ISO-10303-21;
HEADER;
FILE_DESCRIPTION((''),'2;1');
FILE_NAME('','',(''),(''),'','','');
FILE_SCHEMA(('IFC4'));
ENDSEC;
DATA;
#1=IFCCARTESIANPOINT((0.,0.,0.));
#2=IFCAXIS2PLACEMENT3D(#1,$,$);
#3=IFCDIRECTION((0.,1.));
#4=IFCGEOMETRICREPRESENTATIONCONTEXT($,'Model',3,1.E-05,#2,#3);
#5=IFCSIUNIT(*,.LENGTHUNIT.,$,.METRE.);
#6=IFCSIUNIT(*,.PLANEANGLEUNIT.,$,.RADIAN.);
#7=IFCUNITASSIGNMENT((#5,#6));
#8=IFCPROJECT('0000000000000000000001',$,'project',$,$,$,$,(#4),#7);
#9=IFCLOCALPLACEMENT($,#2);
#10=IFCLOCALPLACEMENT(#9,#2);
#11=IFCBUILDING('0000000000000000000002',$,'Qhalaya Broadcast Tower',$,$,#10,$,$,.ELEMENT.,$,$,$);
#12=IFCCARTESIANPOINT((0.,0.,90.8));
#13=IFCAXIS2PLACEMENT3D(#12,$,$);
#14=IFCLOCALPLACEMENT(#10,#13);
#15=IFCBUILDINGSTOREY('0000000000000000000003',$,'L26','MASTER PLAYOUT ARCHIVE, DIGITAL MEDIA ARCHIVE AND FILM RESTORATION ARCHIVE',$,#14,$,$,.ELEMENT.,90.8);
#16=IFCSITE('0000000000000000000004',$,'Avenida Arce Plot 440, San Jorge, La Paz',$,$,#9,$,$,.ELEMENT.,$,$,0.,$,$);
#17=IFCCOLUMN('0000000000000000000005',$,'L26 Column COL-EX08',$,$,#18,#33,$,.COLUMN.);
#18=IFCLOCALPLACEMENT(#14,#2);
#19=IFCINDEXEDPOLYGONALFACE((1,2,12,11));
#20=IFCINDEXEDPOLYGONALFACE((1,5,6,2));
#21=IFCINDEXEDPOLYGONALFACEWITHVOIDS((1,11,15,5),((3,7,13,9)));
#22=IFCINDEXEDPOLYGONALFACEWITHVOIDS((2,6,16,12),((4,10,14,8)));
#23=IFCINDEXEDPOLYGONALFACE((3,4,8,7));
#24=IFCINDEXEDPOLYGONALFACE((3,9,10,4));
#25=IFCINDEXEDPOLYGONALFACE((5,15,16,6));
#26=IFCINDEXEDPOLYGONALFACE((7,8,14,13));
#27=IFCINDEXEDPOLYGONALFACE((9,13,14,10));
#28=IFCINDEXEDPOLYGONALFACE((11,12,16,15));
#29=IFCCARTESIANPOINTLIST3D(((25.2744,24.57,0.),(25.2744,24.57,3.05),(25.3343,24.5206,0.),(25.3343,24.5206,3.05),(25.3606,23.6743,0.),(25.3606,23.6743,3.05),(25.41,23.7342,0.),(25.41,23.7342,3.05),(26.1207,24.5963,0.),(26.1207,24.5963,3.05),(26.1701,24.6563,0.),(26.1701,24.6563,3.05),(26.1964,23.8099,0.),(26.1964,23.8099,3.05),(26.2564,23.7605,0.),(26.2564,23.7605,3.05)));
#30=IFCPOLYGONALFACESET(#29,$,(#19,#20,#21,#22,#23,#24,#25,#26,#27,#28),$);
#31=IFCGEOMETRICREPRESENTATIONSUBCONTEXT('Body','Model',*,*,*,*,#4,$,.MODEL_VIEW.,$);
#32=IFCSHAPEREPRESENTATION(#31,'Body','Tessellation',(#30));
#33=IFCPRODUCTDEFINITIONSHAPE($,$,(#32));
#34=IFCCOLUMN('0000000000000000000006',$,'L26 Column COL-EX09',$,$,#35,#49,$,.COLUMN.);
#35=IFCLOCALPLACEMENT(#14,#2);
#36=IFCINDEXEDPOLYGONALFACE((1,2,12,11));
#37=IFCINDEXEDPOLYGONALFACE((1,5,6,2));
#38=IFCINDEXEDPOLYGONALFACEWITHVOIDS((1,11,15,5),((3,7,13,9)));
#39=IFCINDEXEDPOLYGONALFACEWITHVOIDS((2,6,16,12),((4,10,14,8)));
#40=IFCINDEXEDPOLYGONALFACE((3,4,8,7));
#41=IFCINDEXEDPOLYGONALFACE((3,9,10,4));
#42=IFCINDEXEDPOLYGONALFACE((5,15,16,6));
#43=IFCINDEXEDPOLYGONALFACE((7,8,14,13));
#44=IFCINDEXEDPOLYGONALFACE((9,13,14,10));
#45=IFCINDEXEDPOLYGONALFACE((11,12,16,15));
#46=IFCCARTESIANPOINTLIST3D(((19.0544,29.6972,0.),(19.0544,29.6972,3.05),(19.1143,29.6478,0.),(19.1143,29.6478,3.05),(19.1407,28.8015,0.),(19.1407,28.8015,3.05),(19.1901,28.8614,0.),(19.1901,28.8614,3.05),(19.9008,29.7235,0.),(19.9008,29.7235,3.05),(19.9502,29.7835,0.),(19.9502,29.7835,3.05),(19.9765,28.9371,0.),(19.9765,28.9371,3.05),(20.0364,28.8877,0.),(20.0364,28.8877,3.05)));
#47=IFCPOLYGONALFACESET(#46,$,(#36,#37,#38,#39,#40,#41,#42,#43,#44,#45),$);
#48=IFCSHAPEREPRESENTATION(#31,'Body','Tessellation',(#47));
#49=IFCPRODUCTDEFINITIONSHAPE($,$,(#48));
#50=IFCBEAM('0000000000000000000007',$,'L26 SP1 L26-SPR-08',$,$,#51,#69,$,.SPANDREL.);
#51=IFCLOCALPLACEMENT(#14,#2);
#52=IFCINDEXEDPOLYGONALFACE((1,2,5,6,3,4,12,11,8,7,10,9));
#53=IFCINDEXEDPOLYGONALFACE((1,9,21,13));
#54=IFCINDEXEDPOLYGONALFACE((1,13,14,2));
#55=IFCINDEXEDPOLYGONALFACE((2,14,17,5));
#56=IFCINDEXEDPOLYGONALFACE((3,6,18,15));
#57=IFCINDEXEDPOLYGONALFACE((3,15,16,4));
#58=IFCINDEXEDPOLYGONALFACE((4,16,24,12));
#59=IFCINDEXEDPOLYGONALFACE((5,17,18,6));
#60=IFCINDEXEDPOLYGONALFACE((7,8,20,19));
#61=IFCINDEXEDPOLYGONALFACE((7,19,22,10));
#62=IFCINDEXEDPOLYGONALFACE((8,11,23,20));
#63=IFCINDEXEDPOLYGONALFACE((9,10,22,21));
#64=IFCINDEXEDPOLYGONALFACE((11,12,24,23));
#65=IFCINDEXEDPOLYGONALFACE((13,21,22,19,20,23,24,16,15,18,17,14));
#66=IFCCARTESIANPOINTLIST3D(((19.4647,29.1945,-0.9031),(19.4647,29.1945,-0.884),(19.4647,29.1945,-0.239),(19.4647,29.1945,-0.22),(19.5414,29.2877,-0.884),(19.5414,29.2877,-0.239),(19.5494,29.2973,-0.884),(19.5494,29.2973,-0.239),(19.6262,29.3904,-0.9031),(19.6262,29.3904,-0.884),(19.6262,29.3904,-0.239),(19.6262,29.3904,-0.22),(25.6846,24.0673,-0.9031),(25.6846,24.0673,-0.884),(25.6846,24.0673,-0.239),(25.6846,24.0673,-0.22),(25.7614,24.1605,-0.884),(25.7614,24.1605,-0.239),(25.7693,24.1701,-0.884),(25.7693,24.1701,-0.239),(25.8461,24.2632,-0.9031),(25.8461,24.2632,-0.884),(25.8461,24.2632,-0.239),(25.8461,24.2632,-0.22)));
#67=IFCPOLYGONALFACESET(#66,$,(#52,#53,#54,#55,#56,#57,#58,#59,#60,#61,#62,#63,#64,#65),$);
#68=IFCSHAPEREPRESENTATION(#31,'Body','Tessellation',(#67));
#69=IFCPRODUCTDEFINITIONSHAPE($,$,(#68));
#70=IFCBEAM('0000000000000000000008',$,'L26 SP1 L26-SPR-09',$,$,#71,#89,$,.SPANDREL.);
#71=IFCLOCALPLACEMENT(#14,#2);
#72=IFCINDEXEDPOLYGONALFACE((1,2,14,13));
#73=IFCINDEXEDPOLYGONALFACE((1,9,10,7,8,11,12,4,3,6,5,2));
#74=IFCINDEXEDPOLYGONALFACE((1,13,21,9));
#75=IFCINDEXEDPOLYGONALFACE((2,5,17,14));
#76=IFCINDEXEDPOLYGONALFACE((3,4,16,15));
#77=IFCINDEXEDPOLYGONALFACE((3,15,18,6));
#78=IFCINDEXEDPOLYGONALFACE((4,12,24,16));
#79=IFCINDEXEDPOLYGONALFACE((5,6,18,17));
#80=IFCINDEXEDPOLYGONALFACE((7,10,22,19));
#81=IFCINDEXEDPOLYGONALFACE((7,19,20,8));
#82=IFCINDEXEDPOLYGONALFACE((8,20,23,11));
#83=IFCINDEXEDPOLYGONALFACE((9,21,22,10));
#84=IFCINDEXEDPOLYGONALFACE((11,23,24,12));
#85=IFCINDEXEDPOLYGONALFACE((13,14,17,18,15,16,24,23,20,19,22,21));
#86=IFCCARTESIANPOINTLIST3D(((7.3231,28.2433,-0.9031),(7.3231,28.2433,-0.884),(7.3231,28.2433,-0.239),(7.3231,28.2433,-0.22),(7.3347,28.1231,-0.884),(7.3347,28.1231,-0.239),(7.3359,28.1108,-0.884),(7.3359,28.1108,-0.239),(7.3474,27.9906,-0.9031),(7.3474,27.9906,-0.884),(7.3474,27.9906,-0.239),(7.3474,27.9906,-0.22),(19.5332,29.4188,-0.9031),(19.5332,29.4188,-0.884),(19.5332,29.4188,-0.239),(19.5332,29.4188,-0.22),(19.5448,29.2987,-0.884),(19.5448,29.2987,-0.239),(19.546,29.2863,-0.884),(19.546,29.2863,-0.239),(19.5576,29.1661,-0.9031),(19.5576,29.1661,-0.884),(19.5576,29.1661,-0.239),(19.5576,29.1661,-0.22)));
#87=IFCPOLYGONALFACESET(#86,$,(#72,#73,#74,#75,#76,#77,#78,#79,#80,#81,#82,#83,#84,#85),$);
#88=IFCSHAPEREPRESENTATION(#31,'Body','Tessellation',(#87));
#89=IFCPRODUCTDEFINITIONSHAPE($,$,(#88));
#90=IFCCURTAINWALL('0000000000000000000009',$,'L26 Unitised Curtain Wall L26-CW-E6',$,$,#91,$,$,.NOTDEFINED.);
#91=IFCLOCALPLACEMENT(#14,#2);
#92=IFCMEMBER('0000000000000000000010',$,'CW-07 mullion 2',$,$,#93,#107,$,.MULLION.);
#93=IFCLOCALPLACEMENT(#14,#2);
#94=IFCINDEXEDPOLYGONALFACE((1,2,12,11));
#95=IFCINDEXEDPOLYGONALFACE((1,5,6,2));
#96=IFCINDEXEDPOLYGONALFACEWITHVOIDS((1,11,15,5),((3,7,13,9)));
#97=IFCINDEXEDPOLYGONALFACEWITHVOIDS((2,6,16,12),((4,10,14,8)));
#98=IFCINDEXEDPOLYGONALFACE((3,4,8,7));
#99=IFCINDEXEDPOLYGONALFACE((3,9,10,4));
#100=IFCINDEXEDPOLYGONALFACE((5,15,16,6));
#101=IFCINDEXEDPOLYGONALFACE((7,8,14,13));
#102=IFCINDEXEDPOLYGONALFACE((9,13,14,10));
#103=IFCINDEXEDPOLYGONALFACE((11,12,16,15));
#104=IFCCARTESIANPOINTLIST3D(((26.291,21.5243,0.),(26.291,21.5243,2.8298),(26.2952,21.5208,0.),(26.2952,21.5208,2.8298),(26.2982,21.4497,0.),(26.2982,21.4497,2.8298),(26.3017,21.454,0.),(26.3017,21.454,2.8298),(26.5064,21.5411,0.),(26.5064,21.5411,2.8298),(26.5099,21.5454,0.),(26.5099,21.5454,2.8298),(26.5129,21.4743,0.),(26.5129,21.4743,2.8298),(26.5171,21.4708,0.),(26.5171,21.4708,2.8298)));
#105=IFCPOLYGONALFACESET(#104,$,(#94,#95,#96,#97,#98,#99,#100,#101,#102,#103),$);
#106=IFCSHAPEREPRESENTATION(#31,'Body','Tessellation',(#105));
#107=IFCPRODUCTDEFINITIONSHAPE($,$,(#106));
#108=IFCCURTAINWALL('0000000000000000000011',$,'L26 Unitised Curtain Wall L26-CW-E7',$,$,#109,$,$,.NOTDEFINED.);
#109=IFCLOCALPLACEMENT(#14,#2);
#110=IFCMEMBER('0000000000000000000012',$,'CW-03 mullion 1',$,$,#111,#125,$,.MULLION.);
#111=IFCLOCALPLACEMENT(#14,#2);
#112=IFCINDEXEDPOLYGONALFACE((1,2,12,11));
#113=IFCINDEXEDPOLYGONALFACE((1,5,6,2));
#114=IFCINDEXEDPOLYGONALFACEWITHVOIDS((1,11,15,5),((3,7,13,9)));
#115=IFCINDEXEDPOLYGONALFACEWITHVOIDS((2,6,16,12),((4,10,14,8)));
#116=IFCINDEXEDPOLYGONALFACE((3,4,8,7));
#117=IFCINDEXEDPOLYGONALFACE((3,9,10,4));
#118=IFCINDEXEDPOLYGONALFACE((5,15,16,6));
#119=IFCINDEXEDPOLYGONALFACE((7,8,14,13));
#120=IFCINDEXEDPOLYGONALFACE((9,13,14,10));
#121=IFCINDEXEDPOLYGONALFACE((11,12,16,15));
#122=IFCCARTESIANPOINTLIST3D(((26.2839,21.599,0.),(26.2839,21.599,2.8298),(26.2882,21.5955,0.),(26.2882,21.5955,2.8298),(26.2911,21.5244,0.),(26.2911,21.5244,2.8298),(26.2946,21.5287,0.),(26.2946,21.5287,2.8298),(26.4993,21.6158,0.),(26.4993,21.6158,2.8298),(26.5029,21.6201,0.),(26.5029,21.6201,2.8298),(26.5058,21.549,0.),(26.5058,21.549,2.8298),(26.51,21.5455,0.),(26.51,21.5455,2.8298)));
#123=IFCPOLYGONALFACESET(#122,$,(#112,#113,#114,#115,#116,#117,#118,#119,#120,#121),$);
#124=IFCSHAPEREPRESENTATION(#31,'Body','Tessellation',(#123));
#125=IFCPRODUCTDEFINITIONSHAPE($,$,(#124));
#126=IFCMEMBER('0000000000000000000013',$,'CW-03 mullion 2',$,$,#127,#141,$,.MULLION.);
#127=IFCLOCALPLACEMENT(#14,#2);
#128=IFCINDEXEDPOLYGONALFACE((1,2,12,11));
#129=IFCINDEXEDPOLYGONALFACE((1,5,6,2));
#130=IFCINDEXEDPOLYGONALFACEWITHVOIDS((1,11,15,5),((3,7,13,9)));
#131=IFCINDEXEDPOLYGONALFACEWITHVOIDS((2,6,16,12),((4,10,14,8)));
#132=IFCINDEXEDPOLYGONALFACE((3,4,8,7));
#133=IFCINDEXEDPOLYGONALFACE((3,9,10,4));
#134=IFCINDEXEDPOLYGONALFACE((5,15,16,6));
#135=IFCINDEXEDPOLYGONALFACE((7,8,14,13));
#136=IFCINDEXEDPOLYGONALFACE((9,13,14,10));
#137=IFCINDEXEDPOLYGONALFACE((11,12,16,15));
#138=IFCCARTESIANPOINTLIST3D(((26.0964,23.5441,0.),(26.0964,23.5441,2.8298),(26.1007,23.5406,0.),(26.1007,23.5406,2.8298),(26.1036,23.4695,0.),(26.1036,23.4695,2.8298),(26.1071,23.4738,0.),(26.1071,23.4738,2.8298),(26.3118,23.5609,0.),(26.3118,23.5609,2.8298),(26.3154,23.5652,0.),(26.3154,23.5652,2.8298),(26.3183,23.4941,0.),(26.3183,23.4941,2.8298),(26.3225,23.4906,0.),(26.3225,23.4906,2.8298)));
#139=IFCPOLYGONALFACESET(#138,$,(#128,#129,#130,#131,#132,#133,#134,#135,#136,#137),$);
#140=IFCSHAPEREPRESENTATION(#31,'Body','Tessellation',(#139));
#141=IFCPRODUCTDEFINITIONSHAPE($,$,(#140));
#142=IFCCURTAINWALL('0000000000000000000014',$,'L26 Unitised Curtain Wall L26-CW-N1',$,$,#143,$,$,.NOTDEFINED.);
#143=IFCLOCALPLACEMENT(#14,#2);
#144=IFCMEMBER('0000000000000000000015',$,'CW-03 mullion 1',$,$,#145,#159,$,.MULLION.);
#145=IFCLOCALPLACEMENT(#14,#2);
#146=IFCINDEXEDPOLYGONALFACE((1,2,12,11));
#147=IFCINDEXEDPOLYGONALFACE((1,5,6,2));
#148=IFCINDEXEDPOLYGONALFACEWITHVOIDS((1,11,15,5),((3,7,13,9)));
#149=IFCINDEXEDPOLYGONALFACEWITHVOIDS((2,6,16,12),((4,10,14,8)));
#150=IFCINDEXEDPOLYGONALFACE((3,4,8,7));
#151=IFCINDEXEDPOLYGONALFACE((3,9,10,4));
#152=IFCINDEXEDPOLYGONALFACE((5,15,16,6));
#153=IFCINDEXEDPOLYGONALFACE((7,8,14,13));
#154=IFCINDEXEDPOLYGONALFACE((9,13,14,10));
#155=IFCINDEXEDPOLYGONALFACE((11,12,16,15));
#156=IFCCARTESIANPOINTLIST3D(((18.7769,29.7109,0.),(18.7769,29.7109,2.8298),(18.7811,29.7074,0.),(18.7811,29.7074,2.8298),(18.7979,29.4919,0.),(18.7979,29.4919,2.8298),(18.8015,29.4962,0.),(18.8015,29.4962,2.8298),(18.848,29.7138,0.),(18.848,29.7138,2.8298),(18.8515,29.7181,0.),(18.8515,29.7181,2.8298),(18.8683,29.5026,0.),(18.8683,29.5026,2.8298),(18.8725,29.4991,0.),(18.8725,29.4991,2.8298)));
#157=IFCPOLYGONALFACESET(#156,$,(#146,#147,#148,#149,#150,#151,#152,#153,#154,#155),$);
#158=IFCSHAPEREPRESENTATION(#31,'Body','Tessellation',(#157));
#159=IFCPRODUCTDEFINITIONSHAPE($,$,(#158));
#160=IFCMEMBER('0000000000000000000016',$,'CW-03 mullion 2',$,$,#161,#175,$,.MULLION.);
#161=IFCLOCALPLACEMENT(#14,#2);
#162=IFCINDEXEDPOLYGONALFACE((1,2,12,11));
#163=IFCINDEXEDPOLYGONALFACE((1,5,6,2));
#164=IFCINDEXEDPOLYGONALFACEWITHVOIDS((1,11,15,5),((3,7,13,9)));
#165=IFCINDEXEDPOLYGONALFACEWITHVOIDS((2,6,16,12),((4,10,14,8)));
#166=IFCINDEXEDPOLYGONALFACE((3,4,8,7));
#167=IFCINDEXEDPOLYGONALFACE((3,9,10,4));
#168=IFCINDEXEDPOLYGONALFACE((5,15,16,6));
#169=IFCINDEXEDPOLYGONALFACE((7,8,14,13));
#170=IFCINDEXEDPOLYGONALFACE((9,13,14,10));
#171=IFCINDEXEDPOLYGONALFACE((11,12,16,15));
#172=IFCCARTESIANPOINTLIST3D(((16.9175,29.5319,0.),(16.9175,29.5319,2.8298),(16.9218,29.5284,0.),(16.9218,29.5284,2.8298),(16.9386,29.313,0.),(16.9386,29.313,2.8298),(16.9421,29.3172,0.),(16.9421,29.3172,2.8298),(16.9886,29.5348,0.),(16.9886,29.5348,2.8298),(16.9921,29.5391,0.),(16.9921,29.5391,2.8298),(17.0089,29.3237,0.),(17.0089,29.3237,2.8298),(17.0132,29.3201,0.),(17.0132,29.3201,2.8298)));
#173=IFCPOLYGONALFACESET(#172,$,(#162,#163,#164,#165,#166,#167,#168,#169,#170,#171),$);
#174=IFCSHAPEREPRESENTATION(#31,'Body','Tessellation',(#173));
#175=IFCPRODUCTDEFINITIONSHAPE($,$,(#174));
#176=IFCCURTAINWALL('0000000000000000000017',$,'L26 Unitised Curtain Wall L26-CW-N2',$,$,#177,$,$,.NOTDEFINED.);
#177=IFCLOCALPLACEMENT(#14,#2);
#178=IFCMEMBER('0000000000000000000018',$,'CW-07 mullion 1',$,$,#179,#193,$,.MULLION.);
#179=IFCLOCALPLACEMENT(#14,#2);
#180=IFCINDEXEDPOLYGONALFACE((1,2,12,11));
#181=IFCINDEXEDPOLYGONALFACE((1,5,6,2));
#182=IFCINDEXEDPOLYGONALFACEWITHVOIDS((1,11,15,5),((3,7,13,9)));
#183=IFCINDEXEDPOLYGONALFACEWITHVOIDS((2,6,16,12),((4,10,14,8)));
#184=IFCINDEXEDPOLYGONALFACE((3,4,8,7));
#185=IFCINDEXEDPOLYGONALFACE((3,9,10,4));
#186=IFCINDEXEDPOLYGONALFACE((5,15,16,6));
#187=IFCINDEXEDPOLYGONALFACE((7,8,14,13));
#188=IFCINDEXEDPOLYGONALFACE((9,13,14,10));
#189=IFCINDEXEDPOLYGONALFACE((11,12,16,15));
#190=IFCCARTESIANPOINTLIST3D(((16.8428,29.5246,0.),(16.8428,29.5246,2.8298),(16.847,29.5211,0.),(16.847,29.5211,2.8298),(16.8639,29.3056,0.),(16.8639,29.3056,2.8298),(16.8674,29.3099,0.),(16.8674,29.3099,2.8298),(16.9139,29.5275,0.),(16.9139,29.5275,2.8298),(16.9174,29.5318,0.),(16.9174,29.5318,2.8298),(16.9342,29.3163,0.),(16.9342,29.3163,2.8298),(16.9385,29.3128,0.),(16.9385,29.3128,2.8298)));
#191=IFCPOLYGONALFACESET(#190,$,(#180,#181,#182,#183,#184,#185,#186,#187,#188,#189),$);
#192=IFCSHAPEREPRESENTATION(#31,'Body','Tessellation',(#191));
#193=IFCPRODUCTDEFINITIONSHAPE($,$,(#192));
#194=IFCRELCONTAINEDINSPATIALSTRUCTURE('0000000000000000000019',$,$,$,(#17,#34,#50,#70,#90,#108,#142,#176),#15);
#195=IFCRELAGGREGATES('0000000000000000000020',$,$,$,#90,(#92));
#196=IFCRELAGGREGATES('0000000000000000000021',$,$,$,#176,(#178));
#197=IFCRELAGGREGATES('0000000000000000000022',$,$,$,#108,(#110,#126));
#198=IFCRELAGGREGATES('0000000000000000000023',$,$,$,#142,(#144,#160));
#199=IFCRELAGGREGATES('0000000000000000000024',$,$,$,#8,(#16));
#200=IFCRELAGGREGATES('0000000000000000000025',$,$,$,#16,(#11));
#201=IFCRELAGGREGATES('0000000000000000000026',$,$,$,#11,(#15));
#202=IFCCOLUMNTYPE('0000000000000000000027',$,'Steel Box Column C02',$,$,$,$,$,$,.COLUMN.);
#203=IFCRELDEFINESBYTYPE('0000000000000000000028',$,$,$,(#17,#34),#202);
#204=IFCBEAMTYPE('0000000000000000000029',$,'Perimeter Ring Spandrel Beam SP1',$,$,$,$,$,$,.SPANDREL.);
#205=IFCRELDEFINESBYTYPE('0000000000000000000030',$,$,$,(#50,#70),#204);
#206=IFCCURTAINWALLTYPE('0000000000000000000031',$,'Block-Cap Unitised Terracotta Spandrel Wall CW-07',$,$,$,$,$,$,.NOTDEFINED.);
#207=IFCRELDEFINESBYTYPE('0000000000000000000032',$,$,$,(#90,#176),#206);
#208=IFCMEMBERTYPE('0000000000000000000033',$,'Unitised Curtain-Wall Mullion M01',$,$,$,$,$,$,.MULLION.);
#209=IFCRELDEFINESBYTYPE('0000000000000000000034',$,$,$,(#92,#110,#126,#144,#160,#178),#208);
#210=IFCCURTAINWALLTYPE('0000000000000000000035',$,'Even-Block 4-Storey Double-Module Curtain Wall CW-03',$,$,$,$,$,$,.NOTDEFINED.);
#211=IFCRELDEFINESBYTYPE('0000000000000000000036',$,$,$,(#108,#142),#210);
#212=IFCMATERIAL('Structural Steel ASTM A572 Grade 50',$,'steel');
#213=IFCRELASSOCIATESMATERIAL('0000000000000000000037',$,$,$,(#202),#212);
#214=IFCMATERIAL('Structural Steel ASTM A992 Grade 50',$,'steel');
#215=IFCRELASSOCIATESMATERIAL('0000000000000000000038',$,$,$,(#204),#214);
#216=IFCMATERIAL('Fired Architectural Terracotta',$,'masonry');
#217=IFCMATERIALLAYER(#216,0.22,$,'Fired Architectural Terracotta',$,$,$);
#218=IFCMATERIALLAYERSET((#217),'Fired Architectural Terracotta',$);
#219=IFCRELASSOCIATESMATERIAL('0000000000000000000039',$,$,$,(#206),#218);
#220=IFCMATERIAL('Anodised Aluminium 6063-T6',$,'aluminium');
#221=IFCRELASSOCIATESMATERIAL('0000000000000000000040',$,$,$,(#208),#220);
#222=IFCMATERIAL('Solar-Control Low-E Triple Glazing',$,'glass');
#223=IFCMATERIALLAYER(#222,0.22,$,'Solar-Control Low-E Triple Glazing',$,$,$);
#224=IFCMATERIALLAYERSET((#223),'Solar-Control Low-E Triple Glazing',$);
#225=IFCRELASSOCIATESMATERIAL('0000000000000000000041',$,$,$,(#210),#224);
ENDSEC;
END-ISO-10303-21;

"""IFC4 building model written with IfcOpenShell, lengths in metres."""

from ifc_helpers import new_model, si_unit, direction, frame, origin, origin_2d, place, context, subcontext, project, spatial, hollow_rectangle, i_section, extrude, material, layer, layer_set, material_profile, profile_set, type_object, element, aggregate, save


model = new_model("IFC4")

# Units and contexts
model_context = context("Model", 3, precision=1e-05, world=origin(), true_north=direction((0.0, 1.0)))
body_context = subcontext(model_context, "Body", "Model", "MODEL_VIEW")
ifc_project = project(units=[si_unit("LENGTHUNIT", "METRE"), si_unit("PLANEANGLEUNIT", "RADIAN")], contexts=[model_context])

# Site, building, storey
site_placement = place(None, origin())
site = spatial("IfcSite", under=ifc_project, at=site_placement, Name="Avenida Arce Plot 440, San Jorge, La Paz", CompositionType="ELEMENT", RefElevation=0.0)
building_placement = place(site_placement, origin())
building = spatial("IfcBuilding", under=site, at=building_placement, Name="Qhalaya Broadcast Tower", CompositionType="ELEMENT")
storey_placement = place(building_placement, frame((0.0, 0.0, 90.8)))
storey = spatial("IfcBuildingStorey", under=building, at=storey_placement, Name="L26", Description="MASTER PLAYOUT ARCHIVE, DIGITAL MEDIA ARCHIVE AND FILM RESTORATION ARCHIVE", CompositionType="ELEMENT", Elevation=90.8)

# Columns
ifc_material_1 = material(Name="Structural Steel ASTM A572 Grade 50", Category="steel")
ifc_material_profile_1 = material_profile(ifc_material_1, hollow_rectangle(XDim=0.8999, YDim=0.8999, WallThickness=0.0549, at=origin_2d()), Name="BOX 900x900x55")
ifc_profile_set_1 = profile_set([ifc_material_profile_1], Name="Structural Steel ASTM A572 Grade 50")
column_type = type_object("IfcColumnType", Name="Steel Box Column C02", PredefinedType="COLUMN", material=ifc_profile_set_1)
for number, where, z_axis, x_axis, name in (
    (1, (25.7654, 24.1653, 0.0), (0.0, 0.0, 1.0), (-0.095846, 0.995396, 0.0), "L26 Column COL-EX08"),
    (2, (19.5454, 29.2925, 0.0), (0.0, 0.0, 1.0), (0.995396, 0.095846, 0.0), "L26 Column COL-EX09"),
):
    element("IfcColumn", number, at=place(storey_placement, frame(where, z_axis=z_axis, x_axis=x_axis)), inside=storey, type_object=column_type, Name=name, PredefinedType="COLUMN", context=body_context, shape_type="SweptSolid", body=[
        extrude(hollow_rectangle(XDim=0.8999, YDim=0.8999, WallThickness=0.0549, at=origin_2d()), origin(), (0.0, 0.0, 1.0), 3.05),
    ])

# Beams
ifc_material_2 = material(Name="Structural Steel ASTM A992 Grade 50", Category="steel")
ifc_material_profile_2 = material_profile(ifc_material_2, i_section(OverallWidth=0.2539, OverallDepth=0.6831, WebThickness=0.0125, FlangeThickness=0.019, at=origin_2d()), Name="W27X94")
ifc_profile_set_2 = profile_set([ifc_material_profile_2], Name="Structural Steel ASTM A992 Grade 50")
beam_type = type_object("IfcBeamType", Name="Perimeter Ring Spandrel Beam SP1", PredefinedType="SPANDREL", material=ifc_profile_set_2)
beam_1_placement = place(storey_placement, frame((25.7654, 24.1653, -0.5615), z_axis=(-0.771634, 0.636067, 0.0), x_axis=(-0.636067, -0.771634, 0.0)))
element("IfcBeam", 3, at=beam_1_placement, inside=storey, type_object=beam_type, Name="L26 SP1 L26-SPR-08", PredefinedType="SPANDREL", context=body_context, shape_type="SweptSolid", body=[
    extrude(i_section(OverallWidth=0.2539, OverallDepth=0.6831, WebThickness=0.0125, FlangeThickness=0.019, at=origin_2d()), origin(), (0.0, 0.0, 1.0), 8.0608),
])
beam_2_placement = place(storey_placement, frame((19.5454, 29.2925, -0.5615), z_axis=(-0.995398, -0.095832, 0.0), x_axis=(0.095832, -0.995398, 0.0)))
element("IfcBeam", 4, at=beam_2_placement, inside=storey, type_object=beam_type, Name="L26 SP1 L26-SPR-09", PredefinedType="SPANDREL", context=body_context, shape_type="SweptSolid", body=[
    extrude(i_section(OverallWidth=0.2539, OverallDepth=0.6831, WebThickness=0.0125, FlangeThickness=0.019, at=origin_2d()), origin(), (0.0, 0.0, 1.0), 12.2666),
])

# Curtain wall, member
ifc_material_3 = material(Name="Fired Architectural Terracotta", Category="masonry")
ifc_layer_1 = layer(ifc_material_3, 0.22, Name="Fired Architectural Terracotta")
ifc_layer_set_1 = layer_set([ifc_layer_1], Name="Fired Architectural Terracotta")
curtain_wall_type_1 = type_object("IfcCurtainWallType", Name="Block-Cap Unitised Terracotta Spandrel Wall CW-07", PredefinedType="NOTDEFINED", material=ifc_layer_set_1)
curtain_wall_1_placement = place(storey_placement, origin())
curtain_wall_1 = element("IfcCurtainWall", 5, at=curtain_wall_1_placement, inside=storey, type_object=curtain_wall_type_1, Name="L26 Unitised Curtain Wall L26-CW-E6", PredefinedType="NOTDEFINED")
ifc_material_4 = material(Name="Anodised Aluminium 6063-T6", Category="aluminium")
ifc_material_profile_3 = material_profile(ifc_material_4, hollow_rectangle(XDim=0.075, YDim=0.22, WallThickness=0.0039, at=origin_2d()), Name="ALU-MUL 75x220x4")
ifc_profile_set_3 = profile_set([ifc_material_profile_3], Name="Anodised Aluminium 6063-T6")
member_type_1 = type_object("IfcMemberType", Name="Unitised Curtain-Wall Mullion M01", PredefinedType="MULLION", material=ifc_profile_set_3)
member_1_placement = place(storey_placement, frame((26.4041, 21.4976, 0.0), z_axis=(0.0, 0.0, 1.0), x_axis=(-0.095842, 0.995397, 0.0)))
member_1 = element("IfcMember", 6, at=member_1_placement, type_object=member_type_1, Name="CW-07 mullion 2", PredefinedType="MULLION", context=body_context, shape_type="SweptSolid", body=[
    extrude(hollow_rectangle(XDim=0.075, YDim=0.22, WallThickness=0.0039, at=origin_2d()), origin(), (0.0, 0.0, 1.0), 2.8298),
])

# Curtain walls, members
ifc_material_5 = material(Name="Solar-Control Low-E Triple Glazing", Category="glass")
ifc_layer_2 = layer(ifc_material_5, 0.22, Name="Solar-Control Low-E Triple Glazing")
ifc_layer_set_2 = layer_set([ifc_layer_2], Name="Solar-Control Low-E Triple Glazing")
curtain_wall_type_2 = type_object("IfcCurtainWallType", Name="Even-Block 4-Storey Double-Module Curtain Wall CW-03", PredefinedType="NOTDEFINED", material=ifc_layer_set_2)
curtain_wall_2_placement = place(storey_placement, origin())
curtain_wall_2 = element("IfcCurtainWall", 7, at=curtain_wall_2_placement, inside=storey, type_object=curtain_wall_type_2, Name="L26 Unitised Curtain Wall L26-CW-E7", PredefinedType="NOTDEFINED")
member_2_placement = place(storey_placement, frame((26.397, 21.5723, 0.0), z_axis=(0.0, 0.0, 1.0), x_axis=(-0.095858, 0.995395, 0.0)))
member_2 = element("IfcMember", 8, at=member_2_placement, type_object=member_type_1, Name="CW-03 mullion 1", PredefinedType="MULLION", context=body_context, shape_type="SweptSolid", body=[
    extrude(hollow_rectangle(XDim=0.075, YDim=0.22, WallThickness=0.0039, at=origin_2d()), origin(), (0.0, 0.0, 1.0), 2.8298),
])
member_3_placement = place(storey_placement, frame((26.2095, 23.5173, 0.0), z_axis=(0.0, 0.0, 1.0), x_axis=(-0.095858, 0.995395, 0.0)))
member_3 = element("IfcMember", 9, at=member_3_placement, type_object=member_type_1, Name="CW-03 mullion 2", PredefinedType="MULLION", context=body_context, shape_type="SweptSolid", body=[
    extrude(hollow_rectangle(XDim=0.075, YDim=0.22, WallThickness=0.0039, at=origin_2d()), origin(), (0.0, 0.0, 1.0), 2.8298),
])
curtain_wall_3_placement = place(storey_placement, origin())
curtain_wall_3 = element("IfcCurtainWall", 10, at=curtain_wall_3_placement, inside=storey, type_object=curtain_wall_type_2, Name="L26 Unitised Curtain Wall L26-CW-N1", PredefinedType="NOTDEFINED")
member_4_placement = place(storey_placement, frame((18.8247, 29.605, 0.0), z_axis=(0.0, 0.0, 1.0), x_axis=(-0.995398, -0.095829, 0.0)))
member_4 = element("IfcMember", 11, at=member_4_placement, type_object=member_type_1, Name="CW-03 mullion 1", PredefinedType="MULLION", context=body_context, shape_type="SweptSolid", body=[
    extrude(hollow_rectangle(XDim=0.075, YDim=0.22, WallThickness=0.0039, at=origin_2d()), origin(), (0.0, 0.0, 1.0), 2.8298),
])
member_5_placement = place(storey_placement, frame((16.9653, 29.426, 0.0), z_axis=(0.0, 0.0, 1.0), x_axis=(-0.995398, -0.095829, 0.0)))
member_5 = element("IfcMember", 12, at=member_5_placement, type_object=member_type_1, Name="CW-03 mullion 2", PredefinedType="MULLION", context=body_context, shape_type="SweptSolid", body=[
    extrude(hollow_rectangle(XDim=0.075, YDim=0.22, WallThickness=0.0039, at=origin_2d()), origin(), (0.0, 0.0, 1.0), 2.8298),
])

# Curtain wall, member
curtain_wall_4_placement = place(storey_placement, origin())
curtain_wall_4 = element("IfcCurtainWall", 13, at=curtain_wall_4_placement, inside=storey, type_object=curtain_wall_type_1, Name="L26 Unitised Curtain Wall L26-CW-N2", PredefinedType="NOTDEFINED")
member_6_placement = place(storey_placement, frame((16.8906, 29.4187, 0.0), z_axis=(0.0, 0.0, 1.0), x_axis=(-0.995395, -0.095862, 0.0)))
member_6 = element("IfcMember", 14, at=member_6_placement, type_object=member_type_1, Name="CW-07 mullion 1", PredefinedType="MULLION", context=body_context, shape_type="SweptSolid", body=[
    extrude(hollow_rectangle(XDim=0.075, YDim=0.22, WallThickness=0.0039, at=origin_2d()), origin(), (0.0, 0.0, 1.0), 2.8298),
])

aggregate(curtain_wall_1, [member_1])
aggregate(curtain_wall_4, [member_6])
aggregate(curtain_wall_2, [member_2, member_3])
aggregate(curtain_wall_3, [member_4, member_5])

save(model, "model.ifc")
